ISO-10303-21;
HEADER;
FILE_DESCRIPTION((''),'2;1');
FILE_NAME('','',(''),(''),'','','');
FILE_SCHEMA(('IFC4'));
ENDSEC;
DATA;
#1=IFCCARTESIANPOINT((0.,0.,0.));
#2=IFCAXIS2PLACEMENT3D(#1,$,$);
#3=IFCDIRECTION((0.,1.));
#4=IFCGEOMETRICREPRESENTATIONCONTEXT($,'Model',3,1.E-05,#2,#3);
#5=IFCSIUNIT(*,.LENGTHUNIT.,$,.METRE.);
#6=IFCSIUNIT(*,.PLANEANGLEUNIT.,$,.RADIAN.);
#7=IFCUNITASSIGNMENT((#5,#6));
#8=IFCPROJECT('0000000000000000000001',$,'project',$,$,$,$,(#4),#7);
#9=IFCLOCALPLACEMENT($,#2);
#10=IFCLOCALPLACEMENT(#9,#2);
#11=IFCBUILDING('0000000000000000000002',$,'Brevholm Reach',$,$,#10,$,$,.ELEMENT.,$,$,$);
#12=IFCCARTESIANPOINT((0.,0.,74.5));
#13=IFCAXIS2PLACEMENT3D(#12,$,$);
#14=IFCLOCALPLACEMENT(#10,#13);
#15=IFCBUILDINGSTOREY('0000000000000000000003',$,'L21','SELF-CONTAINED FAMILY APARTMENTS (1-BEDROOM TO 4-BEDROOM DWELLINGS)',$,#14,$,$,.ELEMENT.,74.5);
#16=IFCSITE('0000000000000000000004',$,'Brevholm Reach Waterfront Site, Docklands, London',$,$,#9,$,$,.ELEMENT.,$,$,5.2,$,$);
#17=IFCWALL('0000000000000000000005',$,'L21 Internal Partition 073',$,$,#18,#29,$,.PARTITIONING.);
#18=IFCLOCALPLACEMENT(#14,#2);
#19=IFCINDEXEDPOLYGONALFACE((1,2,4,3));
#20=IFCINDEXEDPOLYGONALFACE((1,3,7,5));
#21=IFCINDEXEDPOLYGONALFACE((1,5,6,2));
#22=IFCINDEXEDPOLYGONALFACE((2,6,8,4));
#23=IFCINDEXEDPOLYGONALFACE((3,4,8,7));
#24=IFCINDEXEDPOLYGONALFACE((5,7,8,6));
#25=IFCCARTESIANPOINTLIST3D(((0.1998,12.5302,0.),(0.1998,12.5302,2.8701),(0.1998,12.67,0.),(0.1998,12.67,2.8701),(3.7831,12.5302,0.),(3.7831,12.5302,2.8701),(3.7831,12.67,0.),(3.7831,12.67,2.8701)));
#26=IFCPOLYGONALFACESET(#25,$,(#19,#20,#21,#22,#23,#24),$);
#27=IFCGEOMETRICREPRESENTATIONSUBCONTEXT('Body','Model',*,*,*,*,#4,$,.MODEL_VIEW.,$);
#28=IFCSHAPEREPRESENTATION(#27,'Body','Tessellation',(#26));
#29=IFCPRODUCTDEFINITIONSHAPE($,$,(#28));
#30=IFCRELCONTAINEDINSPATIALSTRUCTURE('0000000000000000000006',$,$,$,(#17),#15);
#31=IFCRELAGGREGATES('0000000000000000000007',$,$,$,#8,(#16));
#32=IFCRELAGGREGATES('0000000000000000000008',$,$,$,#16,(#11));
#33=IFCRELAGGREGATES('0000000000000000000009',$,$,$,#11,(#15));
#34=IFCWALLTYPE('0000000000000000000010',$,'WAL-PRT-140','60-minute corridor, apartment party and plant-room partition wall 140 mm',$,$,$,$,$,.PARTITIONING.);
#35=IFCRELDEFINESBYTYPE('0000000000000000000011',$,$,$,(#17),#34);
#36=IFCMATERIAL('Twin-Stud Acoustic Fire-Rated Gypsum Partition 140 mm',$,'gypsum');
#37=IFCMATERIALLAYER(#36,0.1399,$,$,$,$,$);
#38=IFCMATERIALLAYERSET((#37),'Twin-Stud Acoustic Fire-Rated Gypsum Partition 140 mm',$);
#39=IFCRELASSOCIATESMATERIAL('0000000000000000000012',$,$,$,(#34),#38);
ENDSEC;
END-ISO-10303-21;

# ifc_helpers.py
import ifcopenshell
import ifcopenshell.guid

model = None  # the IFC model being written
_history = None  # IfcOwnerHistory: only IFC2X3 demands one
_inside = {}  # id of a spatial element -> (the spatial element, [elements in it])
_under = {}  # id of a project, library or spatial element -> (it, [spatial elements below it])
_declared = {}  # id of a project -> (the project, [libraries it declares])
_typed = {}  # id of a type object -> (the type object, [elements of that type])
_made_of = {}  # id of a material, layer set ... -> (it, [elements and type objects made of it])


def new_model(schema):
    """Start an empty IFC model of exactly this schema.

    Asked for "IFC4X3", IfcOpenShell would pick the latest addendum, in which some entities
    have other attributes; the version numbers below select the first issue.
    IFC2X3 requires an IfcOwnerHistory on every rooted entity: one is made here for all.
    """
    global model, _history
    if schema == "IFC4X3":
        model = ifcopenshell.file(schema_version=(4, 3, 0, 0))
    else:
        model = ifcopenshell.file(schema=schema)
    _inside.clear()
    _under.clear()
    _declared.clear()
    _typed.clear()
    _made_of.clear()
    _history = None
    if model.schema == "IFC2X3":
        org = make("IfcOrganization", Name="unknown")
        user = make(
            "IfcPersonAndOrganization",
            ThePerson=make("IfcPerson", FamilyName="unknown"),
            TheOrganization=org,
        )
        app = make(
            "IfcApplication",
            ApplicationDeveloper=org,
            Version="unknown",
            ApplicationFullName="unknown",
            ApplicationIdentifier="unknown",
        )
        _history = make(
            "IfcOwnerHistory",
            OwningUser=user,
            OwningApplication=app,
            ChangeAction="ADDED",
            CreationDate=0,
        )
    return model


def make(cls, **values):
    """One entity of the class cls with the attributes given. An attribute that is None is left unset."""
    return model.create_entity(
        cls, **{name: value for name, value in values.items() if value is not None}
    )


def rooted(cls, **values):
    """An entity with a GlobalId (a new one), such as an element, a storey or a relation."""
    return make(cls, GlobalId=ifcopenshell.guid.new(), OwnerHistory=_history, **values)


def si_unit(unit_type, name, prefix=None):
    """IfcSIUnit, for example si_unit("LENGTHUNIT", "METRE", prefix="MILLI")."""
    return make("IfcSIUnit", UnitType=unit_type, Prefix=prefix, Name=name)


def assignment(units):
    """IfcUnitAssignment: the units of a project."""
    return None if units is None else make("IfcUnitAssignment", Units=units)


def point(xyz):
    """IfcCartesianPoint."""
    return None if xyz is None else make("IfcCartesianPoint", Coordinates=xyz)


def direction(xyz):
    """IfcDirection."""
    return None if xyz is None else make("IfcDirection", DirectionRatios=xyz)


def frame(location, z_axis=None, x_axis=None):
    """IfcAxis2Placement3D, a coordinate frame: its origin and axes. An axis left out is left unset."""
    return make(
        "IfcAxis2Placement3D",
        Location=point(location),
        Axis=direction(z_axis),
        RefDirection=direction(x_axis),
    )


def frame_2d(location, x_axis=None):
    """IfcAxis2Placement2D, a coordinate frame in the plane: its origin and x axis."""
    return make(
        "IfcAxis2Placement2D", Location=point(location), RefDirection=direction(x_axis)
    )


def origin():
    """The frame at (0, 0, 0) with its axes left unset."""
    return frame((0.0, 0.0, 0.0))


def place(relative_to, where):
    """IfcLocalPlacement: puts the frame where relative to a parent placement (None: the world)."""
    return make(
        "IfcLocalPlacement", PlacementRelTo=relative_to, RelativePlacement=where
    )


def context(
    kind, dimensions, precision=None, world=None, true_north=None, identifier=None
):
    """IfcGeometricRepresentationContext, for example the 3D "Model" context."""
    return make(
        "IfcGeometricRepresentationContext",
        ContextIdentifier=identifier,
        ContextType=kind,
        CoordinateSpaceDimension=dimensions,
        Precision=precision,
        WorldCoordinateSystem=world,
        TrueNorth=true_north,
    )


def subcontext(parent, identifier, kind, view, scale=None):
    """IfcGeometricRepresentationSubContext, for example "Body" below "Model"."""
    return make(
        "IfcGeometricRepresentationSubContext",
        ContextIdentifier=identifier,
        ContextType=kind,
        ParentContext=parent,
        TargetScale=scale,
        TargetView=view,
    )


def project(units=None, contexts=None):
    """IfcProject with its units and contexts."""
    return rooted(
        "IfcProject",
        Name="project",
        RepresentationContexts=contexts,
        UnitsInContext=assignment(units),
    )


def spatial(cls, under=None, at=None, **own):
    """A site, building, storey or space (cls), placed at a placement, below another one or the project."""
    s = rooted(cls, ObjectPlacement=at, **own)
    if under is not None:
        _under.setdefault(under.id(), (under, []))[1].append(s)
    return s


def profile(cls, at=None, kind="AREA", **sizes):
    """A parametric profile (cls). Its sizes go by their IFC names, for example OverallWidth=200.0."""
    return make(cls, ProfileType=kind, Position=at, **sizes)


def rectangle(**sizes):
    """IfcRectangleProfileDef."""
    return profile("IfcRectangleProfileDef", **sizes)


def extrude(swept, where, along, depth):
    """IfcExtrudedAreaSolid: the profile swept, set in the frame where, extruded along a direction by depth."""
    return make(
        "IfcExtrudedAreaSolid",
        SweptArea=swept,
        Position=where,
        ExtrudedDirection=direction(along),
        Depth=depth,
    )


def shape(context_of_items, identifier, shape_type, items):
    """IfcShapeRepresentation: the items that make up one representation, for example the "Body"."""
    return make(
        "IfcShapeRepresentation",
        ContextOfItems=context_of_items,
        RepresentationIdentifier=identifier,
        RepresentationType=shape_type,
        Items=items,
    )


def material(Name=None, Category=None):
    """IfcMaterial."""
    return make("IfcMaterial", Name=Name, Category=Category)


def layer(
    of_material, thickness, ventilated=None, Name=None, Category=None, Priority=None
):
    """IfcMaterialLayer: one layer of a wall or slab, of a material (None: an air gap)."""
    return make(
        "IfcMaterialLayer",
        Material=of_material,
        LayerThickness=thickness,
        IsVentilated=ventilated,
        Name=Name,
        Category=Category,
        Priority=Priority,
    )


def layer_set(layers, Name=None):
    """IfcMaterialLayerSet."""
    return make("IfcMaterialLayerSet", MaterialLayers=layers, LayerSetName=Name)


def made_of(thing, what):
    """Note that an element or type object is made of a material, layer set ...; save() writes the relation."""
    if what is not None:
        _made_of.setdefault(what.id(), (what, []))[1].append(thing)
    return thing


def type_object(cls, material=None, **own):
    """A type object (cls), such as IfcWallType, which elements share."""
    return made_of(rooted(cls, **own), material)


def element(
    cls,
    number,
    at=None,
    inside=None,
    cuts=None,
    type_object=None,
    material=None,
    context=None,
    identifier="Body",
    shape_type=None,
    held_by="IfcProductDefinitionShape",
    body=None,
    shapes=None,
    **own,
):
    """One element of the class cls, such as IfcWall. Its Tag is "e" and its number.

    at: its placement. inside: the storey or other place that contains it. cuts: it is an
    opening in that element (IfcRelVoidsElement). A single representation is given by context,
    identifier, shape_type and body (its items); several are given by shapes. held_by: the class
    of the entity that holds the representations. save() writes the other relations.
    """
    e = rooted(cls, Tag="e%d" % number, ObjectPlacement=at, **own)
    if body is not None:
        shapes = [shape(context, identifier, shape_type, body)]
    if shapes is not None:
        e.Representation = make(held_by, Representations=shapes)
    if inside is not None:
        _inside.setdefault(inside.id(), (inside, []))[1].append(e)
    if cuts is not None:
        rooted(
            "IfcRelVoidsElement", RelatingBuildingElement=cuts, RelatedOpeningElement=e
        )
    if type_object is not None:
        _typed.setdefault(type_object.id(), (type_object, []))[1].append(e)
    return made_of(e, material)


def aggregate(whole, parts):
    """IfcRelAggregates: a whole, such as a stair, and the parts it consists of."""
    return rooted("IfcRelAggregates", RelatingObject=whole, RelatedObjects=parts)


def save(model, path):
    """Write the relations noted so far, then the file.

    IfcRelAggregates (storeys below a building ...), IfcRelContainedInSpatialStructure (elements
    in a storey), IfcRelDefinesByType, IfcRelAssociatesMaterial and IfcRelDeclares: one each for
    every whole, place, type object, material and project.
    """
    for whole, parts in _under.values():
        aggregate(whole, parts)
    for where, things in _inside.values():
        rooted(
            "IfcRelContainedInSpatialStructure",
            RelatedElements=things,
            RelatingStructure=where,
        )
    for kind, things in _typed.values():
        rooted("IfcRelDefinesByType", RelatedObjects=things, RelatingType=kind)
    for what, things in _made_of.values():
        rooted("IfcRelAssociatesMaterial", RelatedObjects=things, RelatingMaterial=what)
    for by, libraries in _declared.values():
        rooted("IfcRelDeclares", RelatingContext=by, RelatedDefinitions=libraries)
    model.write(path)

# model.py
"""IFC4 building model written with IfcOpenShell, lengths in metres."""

from ifc_helpers import new_model, si_unit, direction, frame, frame_2d, origin, place, context, subcontext, project, spatial, rectangle, extrude, material, layer, layer_set, type_object, element, save


model = new_model("IFC4")

# Units and contexts
model_context = context("Model", 3, precision=1e-05, world=origin(), true_north=direction((0.0, 1.0)))
body_context = subcontext(model_context, "Body", "Model", "MODEL_VIEW")
ifc_project = project(units=[si_unit("LENGTHUNIT", "METRE"), si_unit("PLANEANGLEUNIT", "RADIAN")], contexts=[model_context])

# Site, building, storey
site_placement = place(None, origin())
site = spatial("IfcSite", under=ifc_project, at=site_placement, Name="Brevholm Reach Waterfront Site, Docklands, London", CompositionType="ELEMENT", RefElevation=5.2)
building_placement = place(site_placement, origin())
building = spatial("IfcBuilding", under=site, at=building_placement, Name="Brevholm Reach", CompositionType="ELEMENT")
storey_placement = place(building_placement, frame((0.0, 0.0, 74.5)))
storey = spatial("IfcBuildingStorey", under=building, at=storey_placement, Name="L21", Description="SELF-CONTAINED FAMILY APARTMENTS (1-BEDROOM TO 4-BEDROOM DWELLINGS)", CompositionType="ELEMENT", Elevation=74.5)

# Wall
ifc_material_1 = material(Name="Twin-Stud Acoustic Fire-Rated Gypsum Partition 140 mm", Category="gypsum")
ifc_layer_1 = layer(ifc_material_1, 0.1399)
ifc_layer_set_1 = layer_set([ifc_layer_1], Name="Twin-Stud Acoustic Fire-Rated Gypsum Partition 140 mm")
wall_type_1 = type_object("IfcWallType", Name="WAL-PRT-140", Description="60-minute corridor, apartment party and plant-room partition wall 140 mm", PredefinedType="PARTITIONING", material=ifc_layer_set_1)
wall_1_placement = place(storey_placement, frame((0.2, 12.6001, 0.0), z_axis=(0.0, 0.0, 1.0), x_axis=(1.0, 0.0, 0.0)))
element("IfcWall", 1, at=wall_1_placement, inside=storey, type_object=wall_type_1, Name="L21 Internal Partition 073", PredefinedType="PARTITIONING", context=body_context, shape_type="SweptSolid", body=[
    extrude(rectangle(XDim=3.5833, YDim=0.1399, at=frame_2d((1.7915, 0.0))), origin(), (0.0, 0.0, 1.0), 2.8701),
])

save(model, "model.ifc")
